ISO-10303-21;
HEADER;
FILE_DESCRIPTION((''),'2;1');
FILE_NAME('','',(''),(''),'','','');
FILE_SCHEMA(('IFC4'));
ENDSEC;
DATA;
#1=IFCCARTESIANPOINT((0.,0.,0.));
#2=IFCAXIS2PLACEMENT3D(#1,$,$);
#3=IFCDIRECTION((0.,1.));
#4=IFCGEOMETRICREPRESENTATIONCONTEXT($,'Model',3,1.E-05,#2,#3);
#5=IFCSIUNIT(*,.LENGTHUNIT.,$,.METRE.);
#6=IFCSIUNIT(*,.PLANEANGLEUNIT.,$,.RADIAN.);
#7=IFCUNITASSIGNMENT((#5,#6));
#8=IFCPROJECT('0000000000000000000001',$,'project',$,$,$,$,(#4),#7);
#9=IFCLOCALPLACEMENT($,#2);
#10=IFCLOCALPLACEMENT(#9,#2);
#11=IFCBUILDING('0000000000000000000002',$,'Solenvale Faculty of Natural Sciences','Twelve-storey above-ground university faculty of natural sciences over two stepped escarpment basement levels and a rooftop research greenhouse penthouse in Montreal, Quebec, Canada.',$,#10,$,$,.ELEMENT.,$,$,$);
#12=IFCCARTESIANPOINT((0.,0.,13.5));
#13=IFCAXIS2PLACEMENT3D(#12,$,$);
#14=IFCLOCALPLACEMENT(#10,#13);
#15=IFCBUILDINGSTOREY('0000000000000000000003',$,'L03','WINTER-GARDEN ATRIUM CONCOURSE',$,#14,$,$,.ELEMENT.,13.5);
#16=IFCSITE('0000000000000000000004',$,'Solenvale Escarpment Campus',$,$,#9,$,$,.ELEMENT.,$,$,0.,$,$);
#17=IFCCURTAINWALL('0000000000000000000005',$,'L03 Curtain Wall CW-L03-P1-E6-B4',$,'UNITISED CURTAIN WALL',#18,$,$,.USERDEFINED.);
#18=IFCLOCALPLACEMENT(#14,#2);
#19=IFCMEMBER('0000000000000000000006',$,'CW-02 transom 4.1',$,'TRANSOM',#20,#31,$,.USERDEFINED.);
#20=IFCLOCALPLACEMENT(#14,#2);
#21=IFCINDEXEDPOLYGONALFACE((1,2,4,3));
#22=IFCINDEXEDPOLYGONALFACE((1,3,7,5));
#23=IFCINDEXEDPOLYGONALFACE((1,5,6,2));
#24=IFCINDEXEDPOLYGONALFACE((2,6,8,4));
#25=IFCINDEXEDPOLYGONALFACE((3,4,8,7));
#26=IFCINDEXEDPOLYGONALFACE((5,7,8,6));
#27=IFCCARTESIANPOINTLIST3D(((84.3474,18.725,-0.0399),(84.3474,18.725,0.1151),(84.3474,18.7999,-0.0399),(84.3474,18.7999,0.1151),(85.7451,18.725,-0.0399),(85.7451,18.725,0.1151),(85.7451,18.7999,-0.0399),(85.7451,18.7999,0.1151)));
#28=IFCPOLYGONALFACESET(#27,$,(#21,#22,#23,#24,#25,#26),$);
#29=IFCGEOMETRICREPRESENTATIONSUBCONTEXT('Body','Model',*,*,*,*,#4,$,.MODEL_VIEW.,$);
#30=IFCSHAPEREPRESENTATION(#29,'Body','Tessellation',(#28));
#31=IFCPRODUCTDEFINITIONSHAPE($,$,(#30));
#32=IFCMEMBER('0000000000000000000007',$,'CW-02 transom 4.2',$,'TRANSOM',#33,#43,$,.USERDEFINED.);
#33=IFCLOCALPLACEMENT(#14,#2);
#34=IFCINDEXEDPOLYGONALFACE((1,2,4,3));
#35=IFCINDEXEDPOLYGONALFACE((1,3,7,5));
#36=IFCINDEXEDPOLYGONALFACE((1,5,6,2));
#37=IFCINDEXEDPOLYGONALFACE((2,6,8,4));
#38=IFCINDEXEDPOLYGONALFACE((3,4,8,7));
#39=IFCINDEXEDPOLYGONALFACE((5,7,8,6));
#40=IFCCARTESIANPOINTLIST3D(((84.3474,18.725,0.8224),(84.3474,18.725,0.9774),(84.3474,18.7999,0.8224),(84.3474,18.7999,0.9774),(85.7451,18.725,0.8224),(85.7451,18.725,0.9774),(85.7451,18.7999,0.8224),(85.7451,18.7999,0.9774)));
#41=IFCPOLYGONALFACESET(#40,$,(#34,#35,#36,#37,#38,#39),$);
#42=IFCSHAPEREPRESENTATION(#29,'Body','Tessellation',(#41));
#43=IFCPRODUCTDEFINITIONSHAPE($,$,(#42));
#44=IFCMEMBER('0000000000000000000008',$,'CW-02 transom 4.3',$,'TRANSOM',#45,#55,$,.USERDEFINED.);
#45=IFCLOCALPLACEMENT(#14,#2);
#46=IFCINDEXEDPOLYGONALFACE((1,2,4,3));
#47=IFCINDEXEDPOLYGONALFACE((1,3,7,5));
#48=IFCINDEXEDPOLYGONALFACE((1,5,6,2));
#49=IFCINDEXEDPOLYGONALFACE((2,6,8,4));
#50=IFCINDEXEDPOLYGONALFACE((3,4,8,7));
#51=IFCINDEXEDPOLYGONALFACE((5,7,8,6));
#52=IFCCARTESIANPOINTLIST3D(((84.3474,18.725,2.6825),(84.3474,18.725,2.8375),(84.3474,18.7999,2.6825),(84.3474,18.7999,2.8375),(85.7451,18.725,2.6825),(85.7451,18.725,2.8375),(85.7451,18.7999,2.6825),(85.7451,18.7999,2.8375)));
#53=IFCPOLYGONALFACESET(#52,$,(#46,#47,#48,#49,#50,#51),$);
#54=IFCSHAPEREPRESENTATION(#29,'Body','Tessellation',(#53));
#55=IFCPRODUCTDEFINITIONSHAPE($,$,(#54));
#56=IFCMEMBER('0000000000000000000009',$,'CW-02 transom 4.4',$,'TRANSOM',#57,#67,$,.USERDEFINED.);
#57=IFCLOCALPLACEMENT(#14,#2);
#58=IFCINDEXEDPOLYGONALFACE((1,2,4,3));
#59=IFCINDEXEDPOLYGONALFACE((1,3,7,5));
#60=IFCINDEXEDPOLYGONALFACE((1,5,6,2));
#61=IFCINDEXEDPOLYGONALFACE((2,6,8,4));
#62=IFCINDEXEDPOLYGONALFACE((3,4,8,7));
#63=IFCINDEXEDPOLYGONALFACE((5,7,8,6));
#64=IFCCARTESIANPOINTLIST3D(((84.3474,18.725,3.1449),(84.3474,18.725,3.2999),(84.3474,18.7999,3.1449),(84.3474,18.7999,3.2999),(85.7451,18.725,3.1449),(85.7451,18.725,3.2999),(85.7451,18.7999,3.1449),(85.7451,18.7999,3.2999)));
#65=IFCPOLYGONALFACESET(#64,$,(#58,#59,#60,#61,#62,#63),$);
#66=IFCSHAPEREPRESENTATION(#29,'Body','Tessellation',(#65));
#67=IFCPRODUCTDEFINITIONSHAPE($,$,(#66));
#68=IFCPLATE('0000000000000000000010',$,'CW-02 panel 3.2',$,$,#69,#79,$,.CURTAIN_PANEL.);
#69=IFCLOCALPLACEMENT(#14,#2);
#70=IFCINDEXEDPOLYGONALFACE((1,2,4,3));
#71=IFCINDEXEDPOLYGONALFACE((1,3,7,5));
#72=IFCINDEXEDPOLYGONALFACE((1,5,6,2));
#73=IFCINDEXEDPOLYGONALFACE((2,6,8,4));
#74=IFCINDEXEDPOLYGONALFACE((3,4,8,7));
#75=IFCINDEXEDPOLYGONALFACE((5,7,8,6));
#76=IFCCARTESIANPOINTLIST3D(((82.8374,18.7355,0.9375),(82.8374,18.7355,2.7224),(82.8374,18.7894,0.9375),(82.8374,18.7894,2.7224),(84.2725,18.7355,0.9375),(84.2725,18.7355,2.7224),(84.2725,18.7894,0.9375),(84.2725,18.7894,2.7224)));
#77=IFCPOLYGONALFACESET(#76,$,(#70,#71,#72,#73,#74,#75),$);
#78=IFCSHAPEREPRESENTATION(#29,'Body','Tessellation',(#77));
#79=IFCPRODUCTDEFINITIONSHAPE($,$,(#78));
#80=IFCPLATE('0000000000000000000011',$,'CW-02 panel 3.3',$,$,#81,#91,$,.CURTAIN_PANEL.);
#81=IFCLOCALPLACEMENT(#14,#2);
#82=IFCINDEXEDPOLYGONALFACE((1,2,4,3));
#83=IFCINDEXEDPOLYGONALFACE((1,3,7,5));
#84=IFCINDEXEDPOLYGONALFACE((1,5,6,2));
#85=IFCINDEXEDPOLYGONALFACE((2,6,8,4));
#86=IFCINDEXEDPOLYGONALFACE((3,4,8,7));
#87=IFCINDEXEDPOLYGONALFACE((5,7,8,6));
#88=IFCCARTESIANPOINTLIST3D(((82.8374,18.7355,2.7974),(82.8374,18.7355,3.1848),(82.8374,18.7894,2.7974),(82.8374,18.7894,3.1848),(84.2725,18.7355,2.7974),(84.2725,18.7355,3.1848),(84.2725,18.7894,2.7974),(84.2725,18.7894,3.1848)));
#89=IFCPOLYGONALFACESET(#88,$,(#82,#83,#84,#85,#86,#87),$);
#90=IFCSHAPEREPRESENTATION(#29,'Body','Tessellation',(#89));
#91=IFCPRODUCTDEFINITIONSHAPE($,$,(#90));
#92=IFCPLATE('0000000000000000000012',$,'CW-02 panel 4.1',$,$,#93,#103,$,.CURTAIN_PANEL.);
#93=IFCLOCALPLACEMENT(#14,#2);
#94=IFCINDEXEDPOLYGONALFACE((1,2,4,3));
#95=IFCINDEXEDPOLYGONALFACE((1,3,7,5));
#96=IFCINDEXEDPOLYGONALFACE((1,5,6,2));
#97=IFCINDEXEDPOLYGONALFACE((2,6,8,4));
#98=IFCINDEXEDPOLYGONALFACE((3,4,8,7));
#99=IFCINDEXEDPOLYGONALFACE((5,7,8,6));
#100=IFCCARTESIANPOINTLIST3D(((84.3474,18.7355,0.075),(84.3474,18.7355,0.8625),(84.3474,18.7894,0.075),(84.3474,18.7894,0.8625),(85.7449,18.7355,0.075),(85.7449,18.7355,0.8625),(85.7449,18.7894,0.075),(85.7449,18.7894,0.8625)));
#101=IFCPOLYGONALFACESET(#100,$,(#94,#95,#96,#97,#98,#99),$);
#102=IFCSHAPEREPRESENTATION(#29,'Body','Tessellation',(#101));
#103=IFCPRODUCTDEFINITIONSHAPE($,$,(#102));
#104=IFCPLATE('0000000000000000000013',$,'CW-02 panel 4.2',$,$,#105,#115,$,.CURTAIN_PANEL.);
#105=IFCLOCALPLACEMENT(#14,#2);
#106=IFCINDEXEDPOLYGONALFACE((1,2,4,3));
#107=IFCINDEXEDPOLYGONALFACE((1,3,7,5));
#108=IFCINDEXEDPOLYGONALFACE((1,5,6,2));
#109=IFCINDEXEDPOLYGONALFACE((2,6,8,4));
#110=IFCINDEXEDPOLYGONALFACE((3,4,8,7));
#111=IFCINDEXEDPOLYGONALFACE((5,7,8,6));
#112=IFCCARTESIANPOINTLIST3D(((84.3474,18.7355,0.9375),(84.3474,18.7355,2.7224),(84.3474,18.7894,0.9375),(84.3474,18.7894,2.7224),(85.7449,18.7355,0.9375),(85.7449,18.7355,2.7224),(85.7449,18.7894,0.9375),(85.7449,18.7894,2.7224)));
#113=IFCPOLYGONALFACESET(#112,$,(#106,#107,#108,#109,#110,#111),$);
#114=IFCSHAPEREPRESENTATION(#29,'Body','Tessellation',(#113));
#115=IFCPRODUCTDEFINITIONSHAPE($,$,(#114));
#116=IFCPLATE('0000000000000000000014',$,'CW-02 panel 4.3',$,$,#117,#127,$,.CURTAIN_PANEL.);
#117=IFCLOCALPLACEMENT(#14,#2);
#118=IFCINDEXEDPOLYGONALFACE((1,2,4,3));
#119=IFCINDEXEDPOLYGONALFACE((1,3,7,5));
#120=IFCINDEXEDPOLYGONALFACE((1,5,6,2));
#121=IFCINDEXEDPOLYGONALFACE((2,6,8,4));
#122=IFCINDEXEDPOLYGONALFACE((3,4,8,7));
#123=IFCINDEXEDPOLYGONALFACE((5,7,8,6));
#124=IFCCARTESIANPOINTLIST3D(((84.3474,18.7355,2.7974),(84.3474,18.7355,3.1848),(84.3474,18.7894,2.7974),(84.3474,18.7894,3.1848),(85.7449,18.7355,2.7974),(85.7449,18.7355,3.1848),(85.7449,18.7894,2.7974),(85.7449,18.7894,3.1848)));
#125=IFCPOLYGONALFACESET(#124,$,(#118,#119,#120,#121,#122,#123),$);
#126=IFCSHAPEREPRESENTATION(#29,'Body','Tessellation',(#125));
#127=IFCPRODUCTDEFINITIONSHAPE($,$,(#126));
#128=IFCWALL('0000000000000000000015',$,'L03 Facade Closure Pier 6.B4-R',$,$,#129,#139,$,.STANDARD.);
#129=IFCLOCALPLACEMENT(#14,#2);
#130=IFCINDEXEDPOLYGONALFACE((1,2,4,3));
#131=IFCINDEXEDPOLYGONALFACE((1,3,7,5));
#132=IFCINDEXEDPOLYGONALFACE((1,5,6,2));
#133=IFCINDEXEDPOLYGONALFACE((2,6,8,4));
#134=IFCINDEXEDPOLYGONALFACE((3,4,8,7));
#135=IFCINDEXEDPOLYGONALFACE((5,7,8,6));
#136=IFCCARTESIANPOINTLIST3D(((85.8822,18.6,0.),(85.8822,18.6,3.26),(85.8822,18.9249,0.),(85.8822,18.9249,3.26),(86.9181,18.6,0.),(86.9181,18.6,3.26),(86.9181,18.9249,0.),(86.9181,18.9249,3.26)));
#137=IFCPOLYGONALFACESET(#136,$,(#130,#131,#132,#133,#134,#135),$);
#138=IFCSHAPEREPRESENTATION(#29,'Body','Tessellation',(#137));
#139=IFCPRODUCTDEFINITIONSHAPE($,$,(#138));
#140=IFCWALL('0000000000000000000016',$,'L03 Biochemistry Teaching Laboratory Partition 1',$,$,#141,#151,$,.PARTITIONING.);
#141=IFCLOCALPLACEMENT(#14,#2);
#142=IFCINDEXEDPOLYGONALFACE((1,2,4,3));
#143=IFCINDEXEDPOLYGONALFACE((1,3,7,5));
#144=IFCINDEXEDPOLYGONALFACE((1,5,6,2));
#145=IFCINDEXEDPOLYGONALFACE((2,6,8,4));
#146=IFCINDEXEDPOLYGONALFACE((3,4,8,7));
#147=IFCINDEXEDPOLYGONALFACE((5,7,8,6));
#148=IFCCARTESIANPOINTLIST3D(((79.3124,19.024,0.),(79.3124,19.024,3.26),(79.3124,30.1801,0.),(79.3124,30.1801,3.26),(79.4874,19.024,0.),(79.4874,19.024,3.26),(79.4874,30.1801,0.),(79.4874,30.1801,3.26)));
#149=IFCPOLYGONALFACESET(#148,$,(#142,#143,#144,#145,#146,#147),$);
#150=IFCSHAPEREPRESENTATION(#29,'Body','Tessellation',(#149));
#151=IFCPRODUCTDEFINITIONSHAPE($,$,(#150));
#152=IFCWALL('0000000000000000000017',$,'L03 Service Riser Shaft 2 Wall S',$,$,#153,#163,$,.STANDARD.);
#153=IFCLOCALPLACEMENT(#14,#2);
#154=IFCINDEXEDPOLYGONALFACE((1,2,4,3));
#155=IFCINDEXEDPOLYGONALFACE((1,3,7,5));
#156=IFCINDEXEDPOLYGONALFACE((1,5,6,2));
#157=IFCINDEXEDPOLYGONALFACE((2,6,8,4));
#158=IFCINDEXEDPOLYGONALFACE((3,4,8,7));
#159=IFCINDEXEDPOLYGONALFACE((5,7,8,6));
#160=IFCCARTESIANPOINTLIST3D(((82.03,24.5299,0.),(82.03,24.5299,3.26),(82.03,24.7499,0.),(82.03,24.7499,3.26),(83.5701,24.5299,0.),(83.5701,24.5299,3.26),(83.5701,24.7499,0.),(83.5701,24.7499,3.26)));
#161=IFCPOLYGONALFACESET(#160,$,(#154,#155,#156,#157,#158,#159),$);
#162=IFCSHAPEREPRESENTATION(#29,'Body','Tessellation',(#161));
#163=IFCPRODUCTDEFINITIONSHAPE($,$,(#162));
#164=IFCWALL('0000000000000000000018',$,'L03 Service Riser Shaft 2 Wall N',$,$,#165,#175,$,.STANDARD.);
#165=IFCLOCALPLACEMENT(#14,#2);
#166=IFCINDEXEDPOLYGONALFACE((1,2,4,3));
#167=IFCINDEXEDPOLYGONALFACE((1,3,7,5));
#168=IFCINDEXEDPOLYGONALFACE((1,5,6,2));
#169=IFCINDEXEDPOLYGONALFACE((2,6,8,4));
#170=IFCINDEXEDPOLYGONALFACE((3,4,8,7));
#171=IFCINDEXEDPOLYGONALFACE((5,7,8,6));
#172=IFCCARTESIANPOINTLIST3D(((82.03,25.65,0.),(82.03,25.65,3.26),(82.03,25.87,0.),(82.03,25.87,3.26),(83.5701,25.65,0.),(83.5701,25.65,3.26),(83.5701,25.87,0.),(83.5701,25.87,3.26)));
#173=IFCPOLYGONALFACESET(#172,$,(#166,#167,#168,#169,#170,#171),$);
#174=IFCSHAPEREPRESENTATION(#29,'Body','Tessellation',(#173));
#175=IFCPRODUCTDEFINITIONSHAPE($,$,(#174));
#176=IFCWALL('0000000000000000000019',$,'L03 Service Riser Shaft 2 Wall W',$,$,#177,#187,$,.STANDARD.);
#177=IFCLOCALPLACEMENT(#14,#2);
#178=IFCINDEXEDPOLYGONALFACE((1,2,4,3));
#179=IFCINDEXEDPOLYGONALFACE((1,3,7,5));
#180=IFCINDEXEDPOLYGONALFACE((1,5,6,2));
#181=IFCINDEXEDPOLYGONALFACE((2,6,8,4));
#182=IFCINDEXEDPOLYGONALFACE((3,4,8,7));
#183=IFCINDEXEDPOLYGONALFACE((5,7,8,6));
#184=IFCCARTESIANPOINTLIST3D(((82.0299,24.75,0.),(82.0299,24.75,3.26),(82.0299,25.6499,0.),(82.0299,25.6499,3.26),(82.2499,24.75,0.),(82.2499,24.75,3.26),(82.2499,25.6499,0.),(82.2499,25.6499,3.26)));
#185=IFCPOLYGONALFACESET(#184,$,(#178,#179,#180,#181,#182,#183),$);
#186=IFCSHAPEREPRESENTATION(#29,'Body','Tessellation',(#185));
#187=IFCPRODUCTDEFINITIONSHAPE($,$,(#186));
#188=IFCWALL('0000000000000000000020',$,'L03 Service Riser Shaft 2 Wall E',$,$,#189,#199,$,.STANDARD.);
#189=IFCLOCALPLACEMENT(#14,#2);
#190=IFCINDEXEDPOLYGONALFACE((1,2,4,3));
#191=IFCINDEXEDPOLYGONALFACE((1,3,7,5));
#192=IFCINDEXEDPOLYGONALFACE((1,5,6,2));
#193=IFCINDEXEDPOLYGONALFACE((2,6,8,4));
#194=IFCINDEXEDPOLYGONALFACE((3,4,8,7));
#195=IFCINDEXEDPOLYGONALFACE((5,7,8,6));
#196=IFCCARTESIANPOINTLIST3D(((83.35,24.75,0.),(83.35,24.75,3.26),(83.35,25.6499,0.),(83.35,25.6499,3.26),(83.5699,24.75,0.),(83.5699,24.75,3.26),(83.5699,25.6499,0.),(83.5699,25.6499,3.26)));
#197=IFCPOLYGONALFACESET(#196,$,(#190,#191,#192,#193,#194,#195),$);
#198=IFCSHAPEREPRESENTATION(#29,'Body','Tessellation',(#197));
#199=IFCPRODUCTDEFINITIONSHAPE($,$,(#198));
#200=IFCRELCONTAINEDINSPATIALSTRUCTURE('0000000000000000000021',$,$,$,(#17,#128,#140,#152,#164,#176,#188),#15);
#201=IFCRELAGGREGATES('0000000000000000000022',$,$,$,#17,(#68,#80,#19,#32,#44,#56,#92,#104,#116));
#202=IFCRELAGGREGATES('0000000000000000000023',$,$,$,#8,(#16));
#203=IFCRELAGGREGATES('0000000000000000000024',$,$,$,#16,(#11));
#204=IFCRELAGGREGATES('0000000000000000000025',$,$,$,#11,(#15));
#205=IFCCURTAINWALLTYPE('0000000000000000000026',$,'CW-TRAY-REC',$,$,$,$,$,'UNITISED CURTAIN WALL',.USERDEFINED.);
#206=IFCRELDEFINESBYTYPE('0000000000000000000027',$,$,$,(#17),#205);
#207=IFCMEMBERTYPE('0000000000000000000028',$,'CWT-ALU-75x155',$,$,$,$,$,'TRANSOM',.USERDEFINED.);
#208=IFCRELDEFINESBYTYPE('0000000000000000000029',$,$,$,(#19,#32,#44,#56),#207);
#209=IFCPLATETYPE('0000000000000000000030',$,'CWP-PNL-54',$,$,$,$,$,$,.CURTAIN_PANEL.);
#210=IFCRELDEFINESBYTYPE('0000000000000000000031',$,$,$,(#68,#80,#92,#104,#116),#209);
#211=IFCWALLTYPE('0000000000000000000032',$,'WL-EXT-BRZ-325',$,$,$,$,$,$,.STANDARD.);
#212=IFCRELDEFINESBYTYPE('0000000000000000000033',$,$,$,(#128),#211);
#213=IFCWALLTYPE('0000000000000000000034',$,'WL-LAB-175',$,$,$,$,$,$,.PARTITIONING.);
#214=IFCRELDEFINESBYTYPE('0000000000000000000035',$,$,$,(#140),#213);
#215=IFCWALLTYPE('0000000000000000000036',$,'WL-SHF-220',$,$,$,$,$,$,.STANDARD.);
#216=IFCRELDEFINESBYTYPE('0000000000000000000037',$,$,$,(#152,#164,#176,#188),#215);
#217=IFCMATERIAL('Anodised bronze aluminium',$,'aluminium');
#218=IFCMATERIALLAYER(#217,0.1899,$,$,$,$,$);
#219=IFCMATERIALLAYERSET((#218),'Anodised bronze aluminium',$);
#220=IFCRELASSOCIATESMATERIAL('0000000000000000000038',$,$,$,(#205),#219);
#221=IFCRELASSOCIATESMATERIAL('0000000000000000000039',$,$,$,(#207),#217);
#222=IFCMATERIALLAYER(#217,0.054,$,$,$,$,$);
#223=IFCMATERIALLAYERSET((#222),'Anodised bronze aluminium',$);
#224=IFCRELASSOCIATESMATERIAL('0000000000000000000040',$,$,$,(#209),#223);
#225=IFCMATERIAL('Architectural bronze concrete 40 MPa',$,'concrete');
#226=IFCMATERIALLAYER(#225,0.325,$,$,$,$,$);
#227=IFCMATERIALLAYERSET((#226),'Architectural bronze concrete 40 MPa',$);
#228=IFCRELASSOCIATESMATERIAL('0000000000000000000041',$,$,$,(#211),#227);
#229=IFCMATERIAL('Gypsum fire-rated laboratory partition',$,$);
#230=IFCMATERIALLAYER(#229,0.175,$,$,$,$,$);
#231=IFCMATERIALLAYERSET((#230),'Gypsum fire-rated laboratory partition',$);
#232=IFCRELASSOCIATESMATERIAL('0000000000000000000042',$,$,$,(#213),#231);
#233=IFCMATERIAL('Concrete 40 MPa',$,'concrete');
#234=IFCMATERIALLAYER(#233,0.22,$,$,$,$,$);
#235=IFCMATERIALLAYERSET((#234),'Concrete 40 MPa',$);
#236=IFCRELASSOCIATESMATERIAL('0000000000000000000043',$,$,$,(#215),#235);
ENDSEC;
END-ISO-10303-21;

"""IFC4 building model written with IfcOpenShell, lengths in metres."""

from ifc_helpers import new_model, si_unit, direction, frame, frame_2d, origin, origin_2d, place, context, subcontext, project, spatial, rectangle, extrude, material, layer, layer_set, material_profile, profile_set, type_object, element, aggregate, save


model = new_model("IFC4")

# Units and contexts
model_context = context("Model", 3, precision=1e-05, world=origin(), true_north=direction((0.0, 1.0)))
body_context = subcontext(model_context, "Body", "Model", "MODEL_VIEW")
ifc_project = project(units=[si_unit("LENGTHUNIT", "METRE"), si_unit("PLANEANGLEUNIT", "RADIAN")], contexts=[model_context])

# Site, building, storey
site_placement = place(None, origin())
site = spatial("IfcSite", under=ifc_project, at=site_placement, Name="Solenvale Escarpment Campus", CompositionType="ELEMENT", RefElevation=0.0)
building_placement = place(site_placement, origin())
building = spatial("IfcBuilding", under=site, at=building_placement, Name="Solenvale Faculty of Natural Sciences", Description="Twelve-storey above-ground university faculty of natural sciences over two stepped escarpment basement levels and a rooftop research greenhouse penthouse in Montreal, Quebec, Canada.", CompositionType="ELEMENT")
storey_placement = place(building_placement, frame((0.0, 0.0, 13.5)))
storey = spatial("IfcBuildingStorey", under=building, at=storey_placement, Name="L03", Description="WINTER-GARDEN ATRIUM CONCOURSE", CompositionType="ELEMENT", Elevation=13.5)

# Shared definitions
ifc_material_1 = material(Name="Concrete 40 MPa", Category="concrete")

# Curtain wall, members, plates
ifc_material_2 = material(Name="Anodised bronze aluminium", Category="aluminium")
ifc_layer_1 = layer(ifc_material_2, 0.1899)
ifc_layer_set_1 = layer_set([ifc_layer_1], Name="Anodised bronze aluminium")
curtain_wall_type = type_object("IfcCurtainWallType", Name="CW-TRAY-REC", ElementType="UNITISED CURTAIN WALL", PredefinedType="USERDEFINED", material=ifc_layer_set_1)
curtain_wall_placement = place(storey_placement, origin())
curtain_wall = element("IfcCurtainWall", 1, at=curtain_wall_placement, inside=storey, type_object=curtain_wall_type, Name="L03 Curtain Wall CW-L03-P1-E6-B4", ObjectType="UNITISED CURTAIN WALL", PredefinedType="USERDEFINED")
ifc_material_profile_1 = material_profile(ifc_material_2, rectangle(XDim=0.075, YDim=0.155, at=origin_2d()), Name="ALU-TRN-75x155")
ifc_profile_set_1 = profile_set([ifc_material_profile_1], Name="Anodised bronze aluminium")
member_type_1 = type_object("IfcMemberType", Name="CWT-ALU-75x155", ElementType="TRANSOM", PredefinedType="USERDEFINED", material=ifc_profile_set_1)
member_1_placement = place(storey_placement, frame((84.3474, 18.7625, 0.0376), z_axis=(1.0, 0.0, 0.0), x_axis=(0.0, 1.0, 0.0)))
member_1 = element("IfcMember", 2, at=member_1_placement, type_object=member_type_1, Name="CW-02 transom 4.1", ObjectType="TRANSOM", PredefinedType="USERDEFINED", context=body_context, shape_type="SweptSolid", body=[
    extrude(rectangle(XDim=0.075, YDim=0.155, at=origin_2d()), origin(), (0.0, 0.0, 1.0), 1.3977),
])
member_2_placement = place(storey_placement, frame((84.3474, 18.7625, 0.8999), z_axis=(1.0, 0.0, 0.0), x_axis=(0.0, 1.0, 0.0)))
member_2 = element("IfcMember", 3, at=member_2_placement, type_object=member_type_1, Name="CW-02 transom 4.2", ObjectType="TRANSOM", PredefinedType="USERDEFINED", context=body_context, shape_type="SweptSolid", body=[
    extrude(rectangle(XDim=0.075, YDim=0.155, at=origin_2d()), origin(), (0.0, 0.0, 1.0), 1.3977),
])
member_3_placement = place(storey_placement, frame((84.3474, 18.7625, 2.76), z_axis=(1.0, 0.0, 0.0), x_axis=(0.0, 1.0, 0.0)))
member_3 = element("IfcMember", 4, at=member_3_placement, type_object=member_type_1, Name="CW-02 transom 4.3", ObjectType="TRANSOM", PredefinedType="USERDEFINED", context=body_context, shape_type="SweptSolid", body=[
    extrude(rectangle(XDim=0.075, YDim=0.155, at=origin_2d()), origin(), (0.0, 0.0, 1.0), 1.3977),
])
member_4_placement = place(storey_placement, frame((84.3474, 18.7625, 3.2224), z_axis=(1.0, 0.0, 0.0), x_axis=(0.0, 1.0, 0.0)))
member_4 = element("IfcMember", 5, at=member_4_placement, type_object=member_type_1, Name="CW-02 transom 4.4", ObjectType="TRANSOM", PredefinedType="USERDEFINED", context=body_context, shape_type="SweptSolid", body=[
    extrude(rectangle(XDim=0.075, YDim=0.155, at=origin_2d()), origin(), (0.0, 0.0, 1.0), 1.3977),
])
ifc_layer_2 = layer(ifc_material_2, 0.054)
ifc_layer_set_2 = layer_set([ifc_layer_2], Name="Anodised bronze aluminium")
plate_type = type_object("IfcPlateType", Name="CWP-PNL-54", PredefinedType="CURTAIN_PANEL", material=ifc_layer_set_2)
plate_1_placement = place(storey_placement, frame((83.5549, 18.7625, 0.9375), z_axis=(0.0, 0.0, 1.0), x_axis=(1.0, 0.0, 0.0)))
plate_1 = element("IfcPlate", 6, at=plate_1_placement, type_object=plate_type, Name="CW-02 panel 3.2", PredefinedType="CURTAIN_PANEL", context=body_context, shape_type="SweptSolid", body=[
    extrude(rectangle(XDim=1.4351, YDim=0.054, at=origin_2d()), origin(), (0.0, 0.0, 1.0), 1.7849),
])
plate_2_placement = place(storey_placement, frame((83.5549, 18.7625, 2.7974), z_axis=(0.0, 0.0, 1.0), x_axis=(1.0, 0.0, 0.0)))
plate_2 = element("IfcPlate", 7, at=plate_2_placement, type_object=plate_type, Name="CW-02 panel 3.3", PredefinedType="CURTAIN_PANEL", context=body_context, shape_type="SweptSolid", body=[
    extrude(rectangle(XDim=1.4351, YDim=0.054, at=origin_2d()), origin(), (0.0, 0.0, 1.0), 0.3875),
])
plate_3_placement = place(storey_placement, frame((85.0461, 18.7625, 0.075), z_axis=(0.0, 0.0, 1.0), x_axis=(1.0, 0.0, 0.0)))
plate_3 = element("IfcPlate", 8, at=plate_3_placement, type_object=plate_type, Name="CW-02 panel 4.1", PredefinedType="CURTAIN_PANEL", context=body_context, shape_type="SweptSolid", body=[
    extrude(rectangle(XDim=1.3975, YDim=0.054, at=origin_2d()), origin(), (0.0, 0.0, 1.0), 0.7876),
])
plate_4_placement = place(storey_placement, frame((85.0461, 18.7625, 0.9375), z_axis=(0.0, 0.0, 1.0), x_axis=(1.0, 0.0, 0.0)))
plate_4 = element("IfcPlate", 9, at=plate_4_placement, type_object=plate_type, Name="CW-02 panel 4.2", PredefinedType="CURTAIN_PANEL", context=body_context, shape_type="SweptSolid", body=[
    extrude(rectangle(XDim=1.3975, YDim=0.054, at=origin_2d()), origin(), (0.0, 0.0, 1.0), 1.7849),
])
plate_5_placement = place(storey_placement, frame((85.0461, 18.7625, 2.7974), z_axis=(0.0, 0.0, 1.0), x_axis=(1.0, 0.0, 0.0)))
plate_5 = element("IfcPlate", 10, at=plate_5_placement, type_object=plate_type, Name="CW-02 panel 4.3", PredefinedType="CURTAIN_PANEL", context=body_context, shape_type="SweptSolid", body=[
    extrude(rectangle(XDim=1.3975, YDim=0.054, at=origin_2d()), origin(), (0.0, 0.0, 1.0), 0.3875),
])
aggregate(curtain_wall, [plate_1, plate_2, member_1, member_2, member_3, member_4, plate_3, plate_4, plate_5])

# Walls
ifc_material_3 = material(Name="Architectural bronze concrete 40 MPa", Category="concrete")
ifc_layer_3 = layer(ifc_material_3, 0.325)
ifc_layer_set_3 = layer_set([ifc_layer_3], Name="Architectural bronze concrete 40 MPa")
wall_type_1 = type_object("IfcWallType", Name="WL-EXT-BRZ-325", PredefinedType="STANDARD", material=ifc_layer_set_3)
wall_1_placement = place(storey_placement, frame((85.8821, 18.7625, 0.0), z_axis=(0.0, 0.0, 1.0), x_axis=(1.0, 0.0, 0.0)))
element("IfcWall", 11, at=wall_1_placement, inside=storey, type_object=wall_type_1, Name="L03 Facade Closure Pier 6.B4-R", PredefinedType="STANDARD", context=body_context, shape_type="SweptSolid", body=[
    extrude(rectangle(XDim=1.0359, YDim=0.325, at=frame_2d((0.5181, 0.0))), origin(), (0.0, 0.0, 1.0), 3.26),
])
ifc_material_4 = material(Name="Gypsum fire-rated laboratory partition")
ifc_layer_4 = layer(ifc_material_4, 0.175)
ifc_layer_set_4 = layer_set([ifc_layer_4], Name="Gypsum fire-rated laboratory partition")
wall_type_2 = type_object("IfcWallType", Name="WL-LAB-175", PredefinedType="PARTITIONING", material=ifc_layer_set_4)
wall_2_placement = place(storey_placement, frame((79.3999, 19.0239, 0.0), z_axis=(0.0, 0.0, 1.0), x_axis=(0.0, 1.0, 0.0)))
element("IfcWall", 12, at=wall_2_placement, inside=storey, type_object=wall_type_2, Name="L03 Biochemistry Teaching Laboratory Partition 1", PredefinedType="PARTITIONING", context=body_context, shape_type="SweptSolid", body=[
    extrude(rectangle(XDim=11.156, YDim=0.175, at=frame_2d((5.5781, 0.0))), origin(), (0.0, 0.0, 1.0), 3.26),
])
ifc_layer_5 = layer(ifc_material_1, 0.22)
ifc_layer_set_5 = layer_set([ifc_layer_5], Name="Concrete 40 MPa")
wall_type_3 = type_object("IfcWallType", Name="WL-SHF-220", PredefinedType="STANDARD", material=ifc_layer_set_5)
for number, where, z_axis, x_axis, name in (
    (13, (82.03, 24.6399, 0.0), (0.0, 0.0, 1.0), (1.0, 0.0, 0.0), "L03 Service Riser Shaft 2 Wall S"),
    (14, (82.03, 25.76, 0.0), (0.0, 0.0, 1.0), (1.0, 0.0, 0.0), "L03 Service Riser Shaft 2 Wall N"),
):
    element("IfcWall", number, at=place(storey_placement, frame(where, z_axis=z_axis, x_axis=x_axis)), inside=storey, type_object=wall_type_3, Name=name, PredefinedType="STANDARD", context=body_context, shape_type="SweptSolid", body=[
        extrude(rectangle(XDim=1.54, YDim=0.22, at=frame_2d((0.77, 0.0))), origin(), (0.0, 0.0, 1.0), 3.26),
    ])
for number, where, z_axis, x_axis, name in (
    (15, (82.1399, 24.75, 0.0), (0.0, 0.0, 1.0), (0.0, 1.0, 0.0), "L03 Service Riser Shaft 2 Wall W"),
    (16, (83.46, 24.75, 0.0), (0.0, 0.0, 1.0), (0.0, 1.0, 0.0), "L03 Service Riser Shaft 2 Wall E"),
):
    element("IfcWall", number, at=place(storey_placement, frame(where, z_axis=z_axis, x_axis=x_axis)), inside=storey, type_object=wall_type_3, Name=name, PredefinedType="STANDARD", context=body_context, shape_type="SweptSolid", body=[
        extrude(rectangle(XDim=0.8999, YDim=0.22, at=frame_2d((0.45, 0.0))), origin(), (0.0, 0.0, 1.0), 3.26),
    ])

save(model, "model.ifc")
